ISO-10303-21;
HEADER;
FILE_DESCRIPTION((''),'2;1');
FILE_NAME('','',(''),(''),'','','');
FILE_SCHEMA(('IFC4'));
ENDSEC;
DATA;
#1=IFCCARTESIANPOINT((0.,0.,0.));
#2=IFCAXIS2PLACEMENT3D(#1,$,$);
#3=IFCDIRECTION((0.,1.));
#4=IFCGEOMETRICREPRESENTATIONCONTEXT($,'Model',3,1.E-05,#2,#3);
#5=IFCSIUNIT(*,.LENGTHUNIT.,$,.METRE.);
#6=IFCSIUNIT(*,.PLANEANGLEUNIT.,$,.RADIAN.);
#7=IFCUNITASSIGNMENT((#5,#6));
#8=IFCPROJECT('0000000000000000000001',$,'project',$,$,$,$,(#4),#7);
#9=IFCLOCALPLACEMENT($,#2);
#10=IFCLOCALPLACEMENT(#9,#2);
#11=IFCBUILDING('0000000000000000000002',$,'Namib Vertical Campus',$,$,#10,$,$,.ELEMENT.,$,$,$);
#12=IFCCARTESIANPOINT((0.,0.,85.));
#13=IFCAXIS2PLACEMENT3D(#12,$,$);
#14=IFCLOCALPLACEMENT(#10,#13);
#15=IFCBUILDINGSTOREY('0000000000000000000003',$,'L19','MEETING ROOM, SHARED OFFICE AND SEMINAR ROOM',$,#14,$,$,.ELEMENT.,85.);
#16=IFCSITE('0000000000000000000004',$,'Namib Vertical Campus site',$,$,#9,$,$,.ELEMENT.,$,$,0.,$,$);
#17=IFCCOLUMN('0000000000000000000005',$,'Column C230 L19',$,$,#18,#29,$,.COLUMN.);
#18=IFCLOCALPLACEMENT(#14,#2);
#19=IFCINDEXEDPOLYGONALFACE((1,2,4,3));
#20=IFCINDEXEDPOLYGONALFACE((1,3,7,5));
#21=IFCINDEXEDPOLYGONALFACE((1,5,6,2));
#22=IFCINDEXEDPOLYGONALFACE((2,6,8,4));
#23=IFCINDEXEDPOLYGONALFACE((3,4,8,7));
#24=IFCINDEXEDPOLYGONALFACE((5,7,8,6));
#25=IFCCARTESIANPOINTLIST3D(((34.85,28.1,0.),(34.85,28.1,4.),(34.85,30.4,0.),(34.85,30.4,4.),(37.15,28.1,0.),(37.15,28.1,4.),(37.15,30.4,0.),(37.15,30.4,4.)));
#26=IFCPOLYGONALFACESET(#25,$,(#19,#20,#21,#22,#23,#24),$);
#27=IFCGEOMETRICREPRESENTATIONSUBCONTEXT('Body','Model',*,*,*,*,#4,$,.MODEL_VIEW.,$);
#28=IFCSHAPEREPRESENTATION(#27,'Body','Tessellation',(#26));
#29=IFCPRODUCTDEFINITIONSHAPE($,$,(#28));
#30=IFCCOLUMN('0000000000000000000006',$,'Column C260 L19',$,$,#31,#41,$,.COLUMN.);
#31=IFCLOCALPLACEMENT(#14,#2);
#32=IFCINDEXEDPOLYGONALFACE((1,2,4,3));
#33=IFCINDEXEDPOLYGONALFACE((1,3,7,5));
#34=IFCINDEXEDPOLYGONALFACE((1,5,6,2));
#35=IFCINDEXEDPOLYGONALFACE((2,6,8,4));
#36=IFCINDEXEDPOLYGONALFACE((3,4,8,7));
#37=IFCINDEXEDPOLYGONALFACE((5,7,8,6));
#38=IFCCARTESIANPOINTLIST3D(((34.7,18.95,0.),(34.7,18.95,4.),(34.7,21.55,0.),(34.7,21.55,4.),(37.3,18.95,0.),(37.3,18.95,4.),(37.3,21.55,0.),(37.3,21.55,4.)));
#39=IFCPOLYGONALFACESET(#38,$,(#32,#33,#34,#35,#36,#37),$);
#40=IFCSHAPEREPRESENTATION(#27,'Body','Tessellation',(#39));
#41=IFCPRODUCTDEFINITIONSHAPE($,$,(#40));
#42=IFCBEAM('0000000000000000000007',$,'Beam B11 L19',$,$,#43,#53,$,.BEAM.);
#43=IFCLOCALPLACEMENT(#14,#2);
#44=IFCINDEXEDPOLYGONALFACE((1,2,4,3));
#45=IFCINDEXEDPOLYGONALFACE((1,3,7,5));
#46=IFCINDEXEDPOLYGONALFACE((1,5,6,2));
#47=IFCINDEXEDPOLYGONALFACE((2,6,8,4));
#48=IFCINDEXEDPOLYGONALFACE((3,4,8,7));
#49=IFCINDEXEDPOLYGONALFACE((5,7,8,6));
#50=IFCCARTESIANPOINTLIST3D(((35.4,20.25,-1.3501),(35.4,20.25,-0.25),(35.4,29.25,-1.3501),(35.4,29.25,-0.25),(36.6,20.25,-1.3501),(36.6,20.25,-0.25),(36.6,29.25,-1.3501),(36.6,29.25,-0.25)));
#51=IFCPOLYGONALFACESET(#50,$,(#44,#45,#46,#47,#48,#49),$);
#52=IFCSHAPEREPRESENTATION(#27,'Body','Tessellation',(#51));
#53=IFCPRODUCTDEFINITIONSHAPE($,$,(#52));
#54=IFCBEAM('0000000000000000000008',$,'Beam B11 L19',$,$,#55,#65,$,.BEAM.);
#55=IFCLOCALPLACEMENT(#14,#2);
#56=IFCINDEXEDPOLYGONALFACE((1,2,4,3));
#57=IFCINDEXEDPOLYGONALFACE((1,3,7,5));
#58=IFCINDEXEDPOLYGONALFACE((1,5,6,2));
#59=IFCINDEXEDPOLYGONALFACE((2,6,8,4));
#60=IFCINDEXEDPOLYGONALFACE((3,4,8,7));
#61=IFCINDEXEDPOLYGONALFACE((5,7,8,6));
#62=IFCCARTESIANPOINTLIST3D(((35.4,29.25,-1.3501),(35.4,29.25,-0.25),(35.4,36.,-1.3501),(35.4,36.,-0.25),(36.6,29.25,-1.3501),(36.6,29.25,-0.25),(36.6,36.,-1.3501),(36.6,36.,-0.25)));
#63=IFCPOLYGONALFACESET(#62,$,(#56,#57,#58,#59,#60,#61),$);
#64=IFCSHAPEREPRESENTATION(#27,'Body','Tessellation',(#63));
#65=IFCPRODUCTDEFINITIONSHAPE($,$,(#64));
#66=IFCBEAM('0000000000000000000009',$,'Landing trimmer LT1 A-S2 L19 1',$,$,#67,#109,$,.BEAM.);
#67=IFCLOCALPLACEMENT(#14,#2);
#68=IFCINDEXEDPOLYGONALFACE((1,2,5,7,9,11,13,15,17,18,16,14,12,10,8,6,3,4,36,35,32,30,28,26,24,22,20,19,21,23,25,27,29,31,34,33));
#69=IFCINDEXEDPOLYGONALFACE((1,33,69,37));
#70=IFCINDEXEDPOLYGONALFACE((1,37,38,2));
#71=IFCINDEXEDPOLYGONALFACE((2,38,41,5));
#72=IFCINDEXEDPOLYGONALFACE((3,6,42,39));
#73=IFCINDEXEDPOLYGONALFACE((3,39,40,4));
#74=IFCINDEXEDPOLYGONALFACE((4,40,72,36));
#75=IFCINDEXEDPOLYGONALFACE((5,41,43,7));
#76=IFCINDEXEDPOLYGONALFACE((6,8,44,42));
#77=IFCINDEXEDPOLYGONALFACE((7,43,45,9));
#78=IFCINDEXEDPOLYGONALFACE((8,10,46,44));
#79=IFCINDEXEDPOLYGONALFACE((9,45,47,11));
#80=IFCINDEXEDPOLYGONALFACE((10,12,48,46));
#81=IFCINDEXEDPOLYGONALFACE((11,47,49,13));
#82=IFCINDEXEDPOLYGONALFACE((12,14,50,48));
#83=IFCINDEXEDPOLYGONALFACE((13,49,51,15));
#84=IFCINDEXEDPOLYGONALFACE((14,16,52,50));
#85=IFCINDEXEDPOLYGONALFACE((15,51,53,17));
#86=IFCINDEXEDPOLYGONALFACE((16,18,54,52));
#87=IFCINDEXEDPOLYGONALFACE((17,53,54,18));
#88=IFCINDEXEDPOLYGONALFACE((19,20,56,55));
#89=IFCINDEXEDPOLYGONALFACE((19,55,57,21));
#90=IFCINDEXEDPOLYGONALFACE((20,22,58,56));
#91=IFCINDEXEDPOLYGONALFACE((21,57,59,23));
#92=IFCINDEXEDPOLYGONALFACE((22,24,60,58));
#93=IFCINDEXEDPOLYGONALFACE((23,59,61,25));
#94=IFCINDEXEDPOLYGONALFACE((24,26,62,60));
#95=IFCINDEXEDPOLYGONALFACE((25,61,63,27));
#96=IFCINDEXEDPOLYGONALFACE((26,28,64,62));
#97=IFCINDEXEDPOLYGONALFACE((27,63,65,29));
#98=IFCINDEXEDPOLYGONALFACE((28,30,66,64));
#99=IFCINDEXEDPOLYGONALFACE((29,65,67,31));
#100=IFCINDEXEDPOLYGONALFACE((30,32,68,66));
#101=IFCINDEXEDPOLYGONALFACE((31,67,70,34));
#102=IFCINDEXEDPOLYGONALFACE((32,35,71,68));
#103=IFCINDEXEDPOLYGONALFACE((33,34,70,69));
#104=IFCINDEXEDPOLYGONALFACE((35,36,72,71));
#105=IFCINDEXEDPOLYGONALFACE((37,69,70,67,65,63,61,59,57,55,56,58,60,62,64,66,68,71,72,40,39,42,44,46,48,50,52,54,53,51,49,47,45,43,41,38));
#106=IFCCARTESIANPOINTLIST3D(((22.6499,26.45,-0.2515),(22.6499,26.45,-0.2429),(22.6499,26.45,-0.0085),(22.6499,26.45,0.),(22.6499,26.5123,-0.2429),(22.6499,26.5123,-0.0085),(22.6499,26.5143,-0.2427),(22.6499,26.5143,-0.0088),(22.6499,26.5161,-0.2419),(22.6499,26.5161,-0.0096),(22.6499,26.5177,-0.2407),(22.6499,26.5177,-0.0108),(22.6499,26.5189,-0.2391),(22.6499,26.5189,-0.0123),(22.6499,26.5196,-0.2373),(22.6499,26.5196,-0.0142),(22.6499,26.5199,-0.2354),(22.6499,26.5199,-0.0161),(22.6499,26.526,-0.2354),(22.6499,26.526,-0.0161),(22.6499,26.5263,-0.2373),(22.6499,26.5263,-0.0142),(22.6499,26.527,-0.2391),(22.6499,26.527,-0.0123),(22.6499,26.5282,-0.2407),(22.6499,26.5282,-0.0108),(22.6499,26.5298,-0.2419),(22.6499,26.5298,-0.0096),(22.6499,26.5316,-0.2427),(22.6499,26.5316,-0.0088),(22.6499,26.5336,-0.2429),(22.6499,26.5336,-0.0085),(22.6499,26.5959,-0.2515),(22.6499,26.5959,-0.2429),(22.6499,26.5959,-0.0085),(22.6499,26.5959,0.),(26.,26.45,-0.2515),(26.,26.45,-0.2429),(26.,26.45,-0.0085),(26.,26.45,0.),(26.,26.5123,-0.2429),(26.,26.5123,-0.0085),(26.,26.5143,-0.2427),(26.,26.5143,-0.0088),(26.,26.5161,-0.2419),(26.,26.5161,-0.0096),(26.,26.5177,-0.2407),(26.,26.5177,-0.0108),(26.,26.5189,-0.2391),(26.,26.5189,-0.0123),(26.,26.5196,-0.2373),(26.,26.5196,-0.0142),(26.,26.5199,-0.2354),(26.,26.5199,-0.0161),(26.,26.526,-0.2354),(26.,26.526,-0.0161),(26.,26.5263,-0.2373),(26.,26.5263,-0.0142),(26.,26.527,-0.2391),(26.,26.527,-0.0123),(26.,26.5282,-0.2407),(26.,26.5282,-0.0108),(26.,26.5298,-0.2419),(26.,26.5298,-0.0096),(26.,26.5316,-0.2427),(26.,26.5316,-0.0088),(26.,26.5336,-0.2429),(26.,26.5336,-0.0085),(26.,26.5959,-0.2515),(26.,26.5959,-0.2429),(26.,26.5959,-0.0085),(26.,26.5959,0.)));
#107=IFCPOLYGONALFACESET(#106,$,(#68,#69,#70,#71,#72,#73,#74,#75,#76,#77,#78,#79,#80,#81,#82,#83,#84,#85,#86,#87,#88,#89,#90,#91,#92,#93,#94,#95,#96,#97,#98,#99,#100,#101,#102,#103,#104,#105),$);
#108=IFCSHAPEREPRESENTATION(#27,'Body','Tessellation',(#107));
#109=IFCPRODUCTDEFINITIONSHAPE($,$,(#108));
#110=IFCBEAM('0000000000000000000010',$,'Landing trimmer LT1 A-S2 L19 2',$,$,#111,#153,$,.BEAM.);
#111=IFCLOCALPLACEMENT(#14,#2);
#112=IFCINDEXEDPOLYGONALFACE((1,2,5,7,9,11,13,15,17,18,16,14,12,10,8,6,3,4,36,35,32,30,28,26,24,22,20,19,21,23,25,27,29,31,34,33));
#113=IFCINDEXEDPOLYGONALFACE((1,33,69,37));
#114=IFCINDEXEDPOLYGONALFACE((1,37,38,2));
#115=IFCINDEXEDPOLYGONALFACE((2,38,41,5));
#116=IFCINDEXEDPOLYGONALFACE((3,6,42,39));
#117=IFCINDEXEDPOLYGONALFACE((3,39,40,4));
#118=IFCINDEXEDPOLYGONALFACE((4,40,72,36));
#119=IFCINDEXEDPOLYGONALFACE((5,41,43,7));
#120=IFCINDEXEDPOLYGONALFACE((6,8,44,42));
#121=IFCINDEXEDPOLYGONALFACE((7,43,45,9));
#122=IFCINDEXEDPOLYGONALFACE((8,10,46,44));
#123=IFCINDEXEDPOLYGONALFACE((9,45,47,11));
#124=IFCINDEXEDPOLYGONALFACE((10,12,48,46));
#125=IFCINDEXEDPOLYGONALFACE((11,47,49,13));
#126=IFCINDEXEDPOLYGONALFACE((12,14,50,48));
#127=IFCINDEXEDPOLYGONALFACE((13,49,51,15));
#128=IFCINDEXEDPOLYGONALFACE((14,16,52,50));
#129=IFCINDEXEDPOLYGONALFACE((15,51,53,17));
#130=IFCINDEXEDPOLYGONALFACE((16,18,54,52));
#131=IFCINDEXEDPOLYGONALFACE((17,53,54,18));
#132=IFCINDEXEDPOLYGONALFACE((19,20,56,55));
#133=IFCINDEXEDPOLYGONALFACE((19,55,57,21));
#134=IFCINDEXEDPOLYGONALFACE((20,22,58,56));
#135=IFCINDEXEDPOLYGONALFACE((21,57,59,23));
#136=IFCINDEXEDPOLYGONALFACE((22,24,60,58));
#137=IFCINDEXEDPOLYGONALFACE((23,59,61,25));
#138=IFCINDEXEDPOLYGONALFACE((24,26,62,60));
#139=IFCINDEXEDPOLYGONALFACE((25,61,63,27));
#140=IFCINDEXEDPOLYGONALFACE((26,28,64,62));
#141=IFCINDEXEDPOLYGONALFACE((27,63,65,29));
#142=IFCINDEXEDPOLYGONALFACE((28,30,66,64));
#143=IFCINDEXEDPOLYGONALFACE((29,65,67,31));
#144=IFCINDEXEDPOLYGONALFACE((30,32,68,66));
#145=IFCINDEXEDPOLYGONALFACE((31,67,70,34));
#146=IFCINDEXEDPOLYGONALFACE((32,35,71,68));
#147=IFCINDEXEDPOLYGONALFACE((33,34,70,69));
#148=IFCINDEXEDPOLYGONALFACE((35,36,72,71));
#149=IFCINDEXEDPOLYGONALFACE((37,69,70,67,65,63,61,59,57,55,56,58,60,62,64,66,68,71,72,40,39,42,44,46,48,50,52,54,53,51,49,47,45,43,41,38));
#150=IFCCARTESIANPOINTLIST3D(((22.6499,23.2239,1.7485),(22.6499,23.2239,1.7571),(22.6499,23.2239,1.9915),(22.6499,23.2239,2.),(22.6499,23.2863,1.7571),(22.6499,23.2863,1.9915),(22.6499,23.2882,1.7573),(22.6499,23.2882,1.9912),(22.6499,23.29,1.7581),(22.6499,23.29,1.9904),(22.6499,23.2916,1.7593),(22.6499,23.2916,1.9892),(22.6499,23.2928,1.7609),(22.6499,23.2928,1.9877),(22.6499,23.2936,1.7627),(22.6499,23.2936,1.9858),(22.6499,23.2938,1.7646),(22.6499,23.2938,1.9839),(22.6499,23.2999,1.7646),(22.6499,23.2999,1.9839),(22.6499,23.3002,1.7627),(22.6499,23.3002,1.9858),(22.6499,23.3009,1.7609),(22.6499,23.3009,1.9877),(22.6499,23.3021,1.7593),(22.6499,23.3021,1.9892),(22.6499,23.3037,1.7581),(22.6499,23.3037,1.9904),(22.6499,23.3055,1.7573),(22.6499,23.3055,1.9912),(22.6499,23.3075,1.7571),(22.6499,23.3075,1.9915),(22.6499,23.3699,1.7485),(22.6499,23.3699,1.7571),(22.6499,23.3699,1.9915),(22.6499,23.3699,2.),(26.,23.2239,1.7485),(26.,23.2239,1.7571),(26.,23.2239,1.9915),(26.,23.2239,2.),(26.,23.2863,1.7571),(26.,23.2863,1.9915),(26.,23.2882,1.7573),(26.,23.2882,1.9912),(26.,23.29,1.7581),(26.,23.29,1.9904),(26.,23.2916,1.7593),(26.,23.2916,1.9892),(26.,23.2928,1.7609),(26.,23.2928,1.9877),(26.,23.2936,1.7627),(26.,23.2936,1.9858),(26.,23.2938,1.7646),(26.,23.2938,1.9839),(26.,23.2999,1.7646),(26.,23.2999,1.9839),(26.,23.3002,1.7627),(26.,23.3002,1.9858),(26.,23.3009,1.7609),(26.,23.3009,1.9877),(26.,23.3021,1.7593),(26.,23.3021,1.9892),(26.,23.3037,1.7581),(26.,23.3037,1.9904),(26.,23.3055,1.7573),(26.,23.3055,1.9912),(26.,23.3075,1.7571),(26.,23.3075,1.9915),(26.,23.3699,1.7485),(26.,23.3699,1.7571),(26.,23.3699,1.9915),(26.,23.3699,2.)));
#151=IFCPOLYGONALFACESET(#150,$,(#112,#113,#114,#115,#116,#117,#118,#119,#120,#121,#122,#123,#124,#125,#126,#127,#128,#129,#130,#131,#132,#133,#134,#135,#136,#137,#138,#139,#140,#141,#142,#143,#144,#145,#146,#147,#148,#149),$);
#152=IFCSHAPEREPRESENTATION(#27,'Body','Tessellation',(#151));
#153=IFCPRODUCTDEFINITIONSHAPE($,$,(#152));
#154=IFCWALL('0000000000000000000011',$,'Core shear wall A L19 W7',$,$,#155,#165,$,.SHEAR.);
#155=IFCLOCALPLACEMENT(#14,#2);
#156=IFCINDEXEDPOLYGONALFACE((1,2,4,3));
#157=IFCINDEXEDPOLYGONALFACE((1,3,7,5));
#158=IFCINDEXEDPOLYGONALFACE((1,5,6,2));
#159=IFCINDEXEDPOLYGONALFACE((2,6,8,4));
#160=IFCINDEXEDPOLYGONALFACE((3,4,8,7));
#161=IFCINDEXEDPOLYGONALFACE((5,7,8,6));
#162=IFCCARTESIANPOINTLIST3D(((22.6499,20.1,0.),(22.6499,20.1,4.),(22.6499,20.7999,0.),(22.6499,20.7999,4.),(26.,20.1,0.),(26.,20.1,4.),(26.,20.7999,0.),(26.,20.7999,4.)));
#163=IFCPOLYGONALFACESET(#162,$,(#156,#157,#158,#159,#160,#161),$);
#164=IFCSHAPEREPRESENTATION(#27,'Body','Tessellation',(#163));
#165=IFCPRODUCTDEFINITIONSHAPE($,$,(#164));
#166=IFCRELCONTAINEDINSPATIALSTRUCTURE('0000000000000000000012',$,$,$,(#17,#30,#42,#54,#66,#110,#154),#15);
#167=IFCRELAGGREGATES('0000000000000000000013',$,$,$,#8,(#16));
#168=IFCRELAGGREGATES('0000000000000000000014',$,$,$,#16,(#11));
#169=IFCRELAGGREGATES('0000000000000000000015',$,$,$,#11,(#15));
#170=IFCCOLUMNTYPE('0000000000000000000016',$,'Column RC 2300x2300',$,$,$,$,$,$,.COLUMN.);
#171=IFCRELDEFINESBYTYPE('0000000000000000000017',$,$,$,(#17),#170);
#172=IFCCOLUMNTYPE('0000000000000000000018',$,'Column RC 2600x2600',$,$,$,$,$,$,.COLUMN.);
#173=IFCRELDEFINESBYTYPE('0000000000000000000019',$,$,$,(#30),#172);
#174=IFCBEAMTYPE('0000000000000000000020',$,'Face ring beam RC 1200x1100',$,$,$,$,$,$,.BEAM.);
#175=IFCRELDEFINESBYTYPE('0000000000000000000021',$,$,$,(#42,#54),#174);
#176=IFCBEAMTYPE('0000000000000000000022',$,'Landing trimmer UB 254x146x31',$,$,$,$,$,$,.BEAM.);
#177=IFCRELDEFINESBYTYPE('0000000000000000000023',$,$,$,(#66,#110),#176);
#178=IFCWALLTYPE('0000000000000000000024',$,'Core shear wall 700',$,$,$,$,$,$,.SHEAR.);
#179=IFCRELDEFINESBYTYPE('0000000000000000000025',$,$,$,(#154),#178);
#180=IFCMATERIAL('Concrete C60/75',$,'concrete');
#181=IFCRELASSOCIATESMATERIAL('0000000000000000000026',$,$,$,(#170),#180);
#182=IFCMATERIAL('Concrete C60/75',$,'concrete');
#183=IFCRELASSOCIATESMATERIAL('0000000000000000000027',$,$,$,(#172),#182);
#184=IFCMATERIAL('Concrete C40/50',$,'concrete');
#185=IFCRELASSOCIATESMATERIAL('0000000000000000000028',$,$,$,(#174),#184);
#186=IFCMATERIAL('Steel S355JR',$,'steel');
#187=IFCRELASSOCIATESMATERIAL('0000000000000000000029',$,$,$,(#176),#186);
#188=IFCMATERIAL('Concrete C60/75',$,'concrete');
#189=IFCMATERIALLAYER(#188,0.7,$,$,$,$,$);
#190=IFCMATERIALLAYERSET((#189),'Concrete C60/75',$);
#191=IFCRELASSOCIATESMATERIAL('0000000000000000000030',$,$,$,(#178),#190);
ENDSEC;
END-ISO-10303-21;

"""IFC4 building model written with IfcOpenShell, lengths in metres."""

from ifc_helpers import new_model, si_unit, direction, frame, frame_2d, origin, origin_2d, place, context, subcontext, project, spatial, rectangle, i_section, extrude, material, layer, layer_set, material_profile, profile_set, type_object, element, save


model = new_model("IFC4")

# Units and contexts
model_context = context("Model", 3, precision=1e-05, world=origin(), true_north=direction((0.0, 1.0)))
body_context = subcontext(model_context, "Body", "Model", "MODEL_VIEW")
ifc_project = project(units=[si_unit("LENGTHUNIT", "METRE"), si_unit("PLANEANGLEUNIT", "RADIAN")], contexts=[model_context])

# Site, building, storey
site_placement = place(None, origin())
site = spatial("IfcSite", under=ifc_project, at=site_placement, Name="Namib Vertical Campus site", CompositionType="ELEMENT", RefElevation=0.0)
building_placement = place(site_placement, origin())
building = spatial("IfcBuilding", under=site, at=building_placement, Name="Namib Vertical Campus", CompositionType="ELEMENT")
storey_placement = place(building_placement, frame((0.0, 0.0, 85.0)))
storey = spatial("IfcBuildingStorey", under=building, at=storey_placement, Name="L19", Description="MEETING ROOM, SHARED OFFICE AND SEMINAR ROOM", CompositionType="ELEMENT", Elevation=85.0)

# Columns
ifc_material_1 = material(Name="Concrete C60/75", Category="concrete")
ifc_material_profile_1 = material_profile(ifc_material_1, rectangle(XDim=2.3, YDim=2.3, at=origin_2d()))
ifc_profile_set_1 = profile_set([ifc_material_profile_1], Name="Concrete C60/75")
column_type_1 = type_object("IfcColumnType", Name="Column RC 2300x2300", PredefinedType="COLUMN", material=ifc_profile_set_1)
column_1_placement = place(storey_placement, frame((36.0, 29.25, 0.0), z_axis=(0.0, 0.0, 1.0), x_axis=(1.0, 0.0, 0.0)))
element("IfcColumn", 1, at=column_1_placement, inside=storey, type_object=column_type_1, Name="Column C230 L19", PredefinedType="COLUMN", context=body_context, shape_type="SweptSolid", body=[
    extrude(rectangle(XDim=2.3, YDim=2.3, at=origin_2d()), origin(), (0.0, 0.0, 1.0), 4.0),
])
ifc_material_2 = material(Name="Concrete C60/75", Category="concrete")
ifc_material_profile_2 = material_profile(ifc_material_2, rectangle(XDim=2.6001, YDim=2.6001, at=origin_2d()))
ifc_profile_set_2 = profile_set([ifc_material_profile_2], Name="Concrete C60/75")
column_type_2 = type_object("IfcColumnType", Name="Column RC 2600x2600", PredefinedType="COLUMN", material=ifc_profile_set_2)
column_2_placement = place(storey_placement, frame((36.0, 20.25, 0.0), z_axis=(0.0, 0.0, 1.0), x_axis=(1.0, 0.0, 0.0)))
element("IfcColumn", 2, at=column_2_placement, inside=storey, type_object=column_type_2, Name="Column C260 L19", PredefinedType="COLUMN", context=body_context, shape_type="SweptSolid", body=[
    extrude(rectangle(XDim=2.6001, YDim=2.6001, at=origin_2d()), origin(), (0.0, 0.0, 1.0), 4.0),
])

# Beams
ifc_material_3 = material(Name="Concrete C40/50", Category="concrete")
ifc_material_profile_3 = material_profile(ifc_material_3, rectangle(XDim=1.2, YDim=1.1001, at=origin_2d()))
ifc_profile_set_3 = profile_set([ifc_material_profile_3], Name="Concrete C40/50")
beam_type_1 = type_object("IfcBeamType", Name="Face ring beam RC 1200x1100", PredefinedType="BEAM", material=ifc_profile_set_3)
beam_1_placement = place(storey_placement, frame((36.0, 20.25, -0.8), z_axis=(0.0, 1.0, 0.0), x_axis=(-1.0, 0.0, 0.0)))
element("IfcBeam", 3, at=beam_1_placement, inside=storey, type_object=beam_type_1, Name="Beam B11 L19", PredefinedType="BEAM", context=body_context, shape_type="SweptSolid", body=[
    extrude(rectangle(XDim=1.2, YDim=1.1001, at=origin_2d()), origin(), (0.0, 0.0, 1.0), 9.0),
])
beam_2_placement = place(storey_placement, frame((36.0, 29.25, -0.8), z_axis=(0.0, 1.0, 0.0), x_axis=(-1.0, 0.0, 0.0)))
element("IfcBeam", 4, at=beam_2_placement, inside=storey, type_object=beam_type_1, Name="Beam B11 L19", PredefinedType="BEAM", context=body_context, shape_type="SweptSolid", body=[
    extrude(rectangle(XDim=1.2, YDim=1.1001, at=origin_2d()), origin(), (0.0, 0.0, 1.0), 6.75),
])
ifc_material_4 = material(Name="Steel S355JR", Category="steel")
ifc_material_profile_4 = material_profile(ifc_material_4, i_section(OverallWidth=0.146, OverallDepth=0.2515, WebThickness=0.0061, FlangeThickness=0.0085, FilletRadius=0.0076, at=origin_2d()))
ifc_profile_set_4 = profile_set([ifc_material_profile_4], Name="Steel S355JR")
beam_type_2 = type_object("IfcBeamType", Name="Landing trimmer UB 254x146x31", PredefinedType="BEAM", material=ifc_profile_set_4)
for number, where, z_axis, x_axis, name in (
    (5, (22.6499, 26.5229, -0.1257), (1.0, 0.0, 0.0), (0.0, 1.0, 0.0), "Landing trimmer LT1 A-S2 L19 1"),
    (6, (22.6499, 23.2969, 1.8743), (1.0, 0.0, 0.0), (0.0, 1.0, 0.0), "Landing trimmer LT1 A-S2 L19 2"),
):
    element("IfcBeam", number, at=place(storey_placement, frame(where, z_axis=z_axis, x_axis=x_axis)), inside=storey, type_object=beam_type_2, Name=name, PredefinedType="BEAM", context=body_context, shape_type="SweptSolid", body=[
        extrude(i_section(OverallWidth=0.146, OverallDepth=0.2515, WebThickness=0.0061, FlangeThickness=0.0085, FilletRadius=0.0076, at=origin_2d()), origin(), (0.0, 0.0, 1.0), 3.3501),
    ])

# Wall
ifc_material_5 = material(Name="Concrete C60/75", Category="concrete")
ifc_layer_1 = layer(ifc_material_5, 0.7)
ifc_layer_set_1 = layer_set([ifc_layer_1], Name="Concrete C60/75")
wall_type_1 = type_object("IfcWallType", Name="Core shear wall 700", PredefinedType="SHEAR", material=ifc_layer_set_1)
wall_1_placement = place(storey_placement, frame((22.6499, 20.45, 0.0), z_axis=(0.0, 0.0, 1.0), x_axis=(1.0, 0.0, 0.0)))
element("IfcWall", 7, at=wall_1_placement, inside=storey, type_object=wall_type_1, Name="Core shear wall A L19 W7", PredefinedType="SHEAR", context=body_context, shape_type="SweptSolid", body=[
    extrude(rectangle(XDim=3.3501, YDim=0.7, at=frame_2d((1.675, 0.0))), origin(), (0.0, 0.0, 1.0), 4.0),
])

save(model, "model.ifc")
